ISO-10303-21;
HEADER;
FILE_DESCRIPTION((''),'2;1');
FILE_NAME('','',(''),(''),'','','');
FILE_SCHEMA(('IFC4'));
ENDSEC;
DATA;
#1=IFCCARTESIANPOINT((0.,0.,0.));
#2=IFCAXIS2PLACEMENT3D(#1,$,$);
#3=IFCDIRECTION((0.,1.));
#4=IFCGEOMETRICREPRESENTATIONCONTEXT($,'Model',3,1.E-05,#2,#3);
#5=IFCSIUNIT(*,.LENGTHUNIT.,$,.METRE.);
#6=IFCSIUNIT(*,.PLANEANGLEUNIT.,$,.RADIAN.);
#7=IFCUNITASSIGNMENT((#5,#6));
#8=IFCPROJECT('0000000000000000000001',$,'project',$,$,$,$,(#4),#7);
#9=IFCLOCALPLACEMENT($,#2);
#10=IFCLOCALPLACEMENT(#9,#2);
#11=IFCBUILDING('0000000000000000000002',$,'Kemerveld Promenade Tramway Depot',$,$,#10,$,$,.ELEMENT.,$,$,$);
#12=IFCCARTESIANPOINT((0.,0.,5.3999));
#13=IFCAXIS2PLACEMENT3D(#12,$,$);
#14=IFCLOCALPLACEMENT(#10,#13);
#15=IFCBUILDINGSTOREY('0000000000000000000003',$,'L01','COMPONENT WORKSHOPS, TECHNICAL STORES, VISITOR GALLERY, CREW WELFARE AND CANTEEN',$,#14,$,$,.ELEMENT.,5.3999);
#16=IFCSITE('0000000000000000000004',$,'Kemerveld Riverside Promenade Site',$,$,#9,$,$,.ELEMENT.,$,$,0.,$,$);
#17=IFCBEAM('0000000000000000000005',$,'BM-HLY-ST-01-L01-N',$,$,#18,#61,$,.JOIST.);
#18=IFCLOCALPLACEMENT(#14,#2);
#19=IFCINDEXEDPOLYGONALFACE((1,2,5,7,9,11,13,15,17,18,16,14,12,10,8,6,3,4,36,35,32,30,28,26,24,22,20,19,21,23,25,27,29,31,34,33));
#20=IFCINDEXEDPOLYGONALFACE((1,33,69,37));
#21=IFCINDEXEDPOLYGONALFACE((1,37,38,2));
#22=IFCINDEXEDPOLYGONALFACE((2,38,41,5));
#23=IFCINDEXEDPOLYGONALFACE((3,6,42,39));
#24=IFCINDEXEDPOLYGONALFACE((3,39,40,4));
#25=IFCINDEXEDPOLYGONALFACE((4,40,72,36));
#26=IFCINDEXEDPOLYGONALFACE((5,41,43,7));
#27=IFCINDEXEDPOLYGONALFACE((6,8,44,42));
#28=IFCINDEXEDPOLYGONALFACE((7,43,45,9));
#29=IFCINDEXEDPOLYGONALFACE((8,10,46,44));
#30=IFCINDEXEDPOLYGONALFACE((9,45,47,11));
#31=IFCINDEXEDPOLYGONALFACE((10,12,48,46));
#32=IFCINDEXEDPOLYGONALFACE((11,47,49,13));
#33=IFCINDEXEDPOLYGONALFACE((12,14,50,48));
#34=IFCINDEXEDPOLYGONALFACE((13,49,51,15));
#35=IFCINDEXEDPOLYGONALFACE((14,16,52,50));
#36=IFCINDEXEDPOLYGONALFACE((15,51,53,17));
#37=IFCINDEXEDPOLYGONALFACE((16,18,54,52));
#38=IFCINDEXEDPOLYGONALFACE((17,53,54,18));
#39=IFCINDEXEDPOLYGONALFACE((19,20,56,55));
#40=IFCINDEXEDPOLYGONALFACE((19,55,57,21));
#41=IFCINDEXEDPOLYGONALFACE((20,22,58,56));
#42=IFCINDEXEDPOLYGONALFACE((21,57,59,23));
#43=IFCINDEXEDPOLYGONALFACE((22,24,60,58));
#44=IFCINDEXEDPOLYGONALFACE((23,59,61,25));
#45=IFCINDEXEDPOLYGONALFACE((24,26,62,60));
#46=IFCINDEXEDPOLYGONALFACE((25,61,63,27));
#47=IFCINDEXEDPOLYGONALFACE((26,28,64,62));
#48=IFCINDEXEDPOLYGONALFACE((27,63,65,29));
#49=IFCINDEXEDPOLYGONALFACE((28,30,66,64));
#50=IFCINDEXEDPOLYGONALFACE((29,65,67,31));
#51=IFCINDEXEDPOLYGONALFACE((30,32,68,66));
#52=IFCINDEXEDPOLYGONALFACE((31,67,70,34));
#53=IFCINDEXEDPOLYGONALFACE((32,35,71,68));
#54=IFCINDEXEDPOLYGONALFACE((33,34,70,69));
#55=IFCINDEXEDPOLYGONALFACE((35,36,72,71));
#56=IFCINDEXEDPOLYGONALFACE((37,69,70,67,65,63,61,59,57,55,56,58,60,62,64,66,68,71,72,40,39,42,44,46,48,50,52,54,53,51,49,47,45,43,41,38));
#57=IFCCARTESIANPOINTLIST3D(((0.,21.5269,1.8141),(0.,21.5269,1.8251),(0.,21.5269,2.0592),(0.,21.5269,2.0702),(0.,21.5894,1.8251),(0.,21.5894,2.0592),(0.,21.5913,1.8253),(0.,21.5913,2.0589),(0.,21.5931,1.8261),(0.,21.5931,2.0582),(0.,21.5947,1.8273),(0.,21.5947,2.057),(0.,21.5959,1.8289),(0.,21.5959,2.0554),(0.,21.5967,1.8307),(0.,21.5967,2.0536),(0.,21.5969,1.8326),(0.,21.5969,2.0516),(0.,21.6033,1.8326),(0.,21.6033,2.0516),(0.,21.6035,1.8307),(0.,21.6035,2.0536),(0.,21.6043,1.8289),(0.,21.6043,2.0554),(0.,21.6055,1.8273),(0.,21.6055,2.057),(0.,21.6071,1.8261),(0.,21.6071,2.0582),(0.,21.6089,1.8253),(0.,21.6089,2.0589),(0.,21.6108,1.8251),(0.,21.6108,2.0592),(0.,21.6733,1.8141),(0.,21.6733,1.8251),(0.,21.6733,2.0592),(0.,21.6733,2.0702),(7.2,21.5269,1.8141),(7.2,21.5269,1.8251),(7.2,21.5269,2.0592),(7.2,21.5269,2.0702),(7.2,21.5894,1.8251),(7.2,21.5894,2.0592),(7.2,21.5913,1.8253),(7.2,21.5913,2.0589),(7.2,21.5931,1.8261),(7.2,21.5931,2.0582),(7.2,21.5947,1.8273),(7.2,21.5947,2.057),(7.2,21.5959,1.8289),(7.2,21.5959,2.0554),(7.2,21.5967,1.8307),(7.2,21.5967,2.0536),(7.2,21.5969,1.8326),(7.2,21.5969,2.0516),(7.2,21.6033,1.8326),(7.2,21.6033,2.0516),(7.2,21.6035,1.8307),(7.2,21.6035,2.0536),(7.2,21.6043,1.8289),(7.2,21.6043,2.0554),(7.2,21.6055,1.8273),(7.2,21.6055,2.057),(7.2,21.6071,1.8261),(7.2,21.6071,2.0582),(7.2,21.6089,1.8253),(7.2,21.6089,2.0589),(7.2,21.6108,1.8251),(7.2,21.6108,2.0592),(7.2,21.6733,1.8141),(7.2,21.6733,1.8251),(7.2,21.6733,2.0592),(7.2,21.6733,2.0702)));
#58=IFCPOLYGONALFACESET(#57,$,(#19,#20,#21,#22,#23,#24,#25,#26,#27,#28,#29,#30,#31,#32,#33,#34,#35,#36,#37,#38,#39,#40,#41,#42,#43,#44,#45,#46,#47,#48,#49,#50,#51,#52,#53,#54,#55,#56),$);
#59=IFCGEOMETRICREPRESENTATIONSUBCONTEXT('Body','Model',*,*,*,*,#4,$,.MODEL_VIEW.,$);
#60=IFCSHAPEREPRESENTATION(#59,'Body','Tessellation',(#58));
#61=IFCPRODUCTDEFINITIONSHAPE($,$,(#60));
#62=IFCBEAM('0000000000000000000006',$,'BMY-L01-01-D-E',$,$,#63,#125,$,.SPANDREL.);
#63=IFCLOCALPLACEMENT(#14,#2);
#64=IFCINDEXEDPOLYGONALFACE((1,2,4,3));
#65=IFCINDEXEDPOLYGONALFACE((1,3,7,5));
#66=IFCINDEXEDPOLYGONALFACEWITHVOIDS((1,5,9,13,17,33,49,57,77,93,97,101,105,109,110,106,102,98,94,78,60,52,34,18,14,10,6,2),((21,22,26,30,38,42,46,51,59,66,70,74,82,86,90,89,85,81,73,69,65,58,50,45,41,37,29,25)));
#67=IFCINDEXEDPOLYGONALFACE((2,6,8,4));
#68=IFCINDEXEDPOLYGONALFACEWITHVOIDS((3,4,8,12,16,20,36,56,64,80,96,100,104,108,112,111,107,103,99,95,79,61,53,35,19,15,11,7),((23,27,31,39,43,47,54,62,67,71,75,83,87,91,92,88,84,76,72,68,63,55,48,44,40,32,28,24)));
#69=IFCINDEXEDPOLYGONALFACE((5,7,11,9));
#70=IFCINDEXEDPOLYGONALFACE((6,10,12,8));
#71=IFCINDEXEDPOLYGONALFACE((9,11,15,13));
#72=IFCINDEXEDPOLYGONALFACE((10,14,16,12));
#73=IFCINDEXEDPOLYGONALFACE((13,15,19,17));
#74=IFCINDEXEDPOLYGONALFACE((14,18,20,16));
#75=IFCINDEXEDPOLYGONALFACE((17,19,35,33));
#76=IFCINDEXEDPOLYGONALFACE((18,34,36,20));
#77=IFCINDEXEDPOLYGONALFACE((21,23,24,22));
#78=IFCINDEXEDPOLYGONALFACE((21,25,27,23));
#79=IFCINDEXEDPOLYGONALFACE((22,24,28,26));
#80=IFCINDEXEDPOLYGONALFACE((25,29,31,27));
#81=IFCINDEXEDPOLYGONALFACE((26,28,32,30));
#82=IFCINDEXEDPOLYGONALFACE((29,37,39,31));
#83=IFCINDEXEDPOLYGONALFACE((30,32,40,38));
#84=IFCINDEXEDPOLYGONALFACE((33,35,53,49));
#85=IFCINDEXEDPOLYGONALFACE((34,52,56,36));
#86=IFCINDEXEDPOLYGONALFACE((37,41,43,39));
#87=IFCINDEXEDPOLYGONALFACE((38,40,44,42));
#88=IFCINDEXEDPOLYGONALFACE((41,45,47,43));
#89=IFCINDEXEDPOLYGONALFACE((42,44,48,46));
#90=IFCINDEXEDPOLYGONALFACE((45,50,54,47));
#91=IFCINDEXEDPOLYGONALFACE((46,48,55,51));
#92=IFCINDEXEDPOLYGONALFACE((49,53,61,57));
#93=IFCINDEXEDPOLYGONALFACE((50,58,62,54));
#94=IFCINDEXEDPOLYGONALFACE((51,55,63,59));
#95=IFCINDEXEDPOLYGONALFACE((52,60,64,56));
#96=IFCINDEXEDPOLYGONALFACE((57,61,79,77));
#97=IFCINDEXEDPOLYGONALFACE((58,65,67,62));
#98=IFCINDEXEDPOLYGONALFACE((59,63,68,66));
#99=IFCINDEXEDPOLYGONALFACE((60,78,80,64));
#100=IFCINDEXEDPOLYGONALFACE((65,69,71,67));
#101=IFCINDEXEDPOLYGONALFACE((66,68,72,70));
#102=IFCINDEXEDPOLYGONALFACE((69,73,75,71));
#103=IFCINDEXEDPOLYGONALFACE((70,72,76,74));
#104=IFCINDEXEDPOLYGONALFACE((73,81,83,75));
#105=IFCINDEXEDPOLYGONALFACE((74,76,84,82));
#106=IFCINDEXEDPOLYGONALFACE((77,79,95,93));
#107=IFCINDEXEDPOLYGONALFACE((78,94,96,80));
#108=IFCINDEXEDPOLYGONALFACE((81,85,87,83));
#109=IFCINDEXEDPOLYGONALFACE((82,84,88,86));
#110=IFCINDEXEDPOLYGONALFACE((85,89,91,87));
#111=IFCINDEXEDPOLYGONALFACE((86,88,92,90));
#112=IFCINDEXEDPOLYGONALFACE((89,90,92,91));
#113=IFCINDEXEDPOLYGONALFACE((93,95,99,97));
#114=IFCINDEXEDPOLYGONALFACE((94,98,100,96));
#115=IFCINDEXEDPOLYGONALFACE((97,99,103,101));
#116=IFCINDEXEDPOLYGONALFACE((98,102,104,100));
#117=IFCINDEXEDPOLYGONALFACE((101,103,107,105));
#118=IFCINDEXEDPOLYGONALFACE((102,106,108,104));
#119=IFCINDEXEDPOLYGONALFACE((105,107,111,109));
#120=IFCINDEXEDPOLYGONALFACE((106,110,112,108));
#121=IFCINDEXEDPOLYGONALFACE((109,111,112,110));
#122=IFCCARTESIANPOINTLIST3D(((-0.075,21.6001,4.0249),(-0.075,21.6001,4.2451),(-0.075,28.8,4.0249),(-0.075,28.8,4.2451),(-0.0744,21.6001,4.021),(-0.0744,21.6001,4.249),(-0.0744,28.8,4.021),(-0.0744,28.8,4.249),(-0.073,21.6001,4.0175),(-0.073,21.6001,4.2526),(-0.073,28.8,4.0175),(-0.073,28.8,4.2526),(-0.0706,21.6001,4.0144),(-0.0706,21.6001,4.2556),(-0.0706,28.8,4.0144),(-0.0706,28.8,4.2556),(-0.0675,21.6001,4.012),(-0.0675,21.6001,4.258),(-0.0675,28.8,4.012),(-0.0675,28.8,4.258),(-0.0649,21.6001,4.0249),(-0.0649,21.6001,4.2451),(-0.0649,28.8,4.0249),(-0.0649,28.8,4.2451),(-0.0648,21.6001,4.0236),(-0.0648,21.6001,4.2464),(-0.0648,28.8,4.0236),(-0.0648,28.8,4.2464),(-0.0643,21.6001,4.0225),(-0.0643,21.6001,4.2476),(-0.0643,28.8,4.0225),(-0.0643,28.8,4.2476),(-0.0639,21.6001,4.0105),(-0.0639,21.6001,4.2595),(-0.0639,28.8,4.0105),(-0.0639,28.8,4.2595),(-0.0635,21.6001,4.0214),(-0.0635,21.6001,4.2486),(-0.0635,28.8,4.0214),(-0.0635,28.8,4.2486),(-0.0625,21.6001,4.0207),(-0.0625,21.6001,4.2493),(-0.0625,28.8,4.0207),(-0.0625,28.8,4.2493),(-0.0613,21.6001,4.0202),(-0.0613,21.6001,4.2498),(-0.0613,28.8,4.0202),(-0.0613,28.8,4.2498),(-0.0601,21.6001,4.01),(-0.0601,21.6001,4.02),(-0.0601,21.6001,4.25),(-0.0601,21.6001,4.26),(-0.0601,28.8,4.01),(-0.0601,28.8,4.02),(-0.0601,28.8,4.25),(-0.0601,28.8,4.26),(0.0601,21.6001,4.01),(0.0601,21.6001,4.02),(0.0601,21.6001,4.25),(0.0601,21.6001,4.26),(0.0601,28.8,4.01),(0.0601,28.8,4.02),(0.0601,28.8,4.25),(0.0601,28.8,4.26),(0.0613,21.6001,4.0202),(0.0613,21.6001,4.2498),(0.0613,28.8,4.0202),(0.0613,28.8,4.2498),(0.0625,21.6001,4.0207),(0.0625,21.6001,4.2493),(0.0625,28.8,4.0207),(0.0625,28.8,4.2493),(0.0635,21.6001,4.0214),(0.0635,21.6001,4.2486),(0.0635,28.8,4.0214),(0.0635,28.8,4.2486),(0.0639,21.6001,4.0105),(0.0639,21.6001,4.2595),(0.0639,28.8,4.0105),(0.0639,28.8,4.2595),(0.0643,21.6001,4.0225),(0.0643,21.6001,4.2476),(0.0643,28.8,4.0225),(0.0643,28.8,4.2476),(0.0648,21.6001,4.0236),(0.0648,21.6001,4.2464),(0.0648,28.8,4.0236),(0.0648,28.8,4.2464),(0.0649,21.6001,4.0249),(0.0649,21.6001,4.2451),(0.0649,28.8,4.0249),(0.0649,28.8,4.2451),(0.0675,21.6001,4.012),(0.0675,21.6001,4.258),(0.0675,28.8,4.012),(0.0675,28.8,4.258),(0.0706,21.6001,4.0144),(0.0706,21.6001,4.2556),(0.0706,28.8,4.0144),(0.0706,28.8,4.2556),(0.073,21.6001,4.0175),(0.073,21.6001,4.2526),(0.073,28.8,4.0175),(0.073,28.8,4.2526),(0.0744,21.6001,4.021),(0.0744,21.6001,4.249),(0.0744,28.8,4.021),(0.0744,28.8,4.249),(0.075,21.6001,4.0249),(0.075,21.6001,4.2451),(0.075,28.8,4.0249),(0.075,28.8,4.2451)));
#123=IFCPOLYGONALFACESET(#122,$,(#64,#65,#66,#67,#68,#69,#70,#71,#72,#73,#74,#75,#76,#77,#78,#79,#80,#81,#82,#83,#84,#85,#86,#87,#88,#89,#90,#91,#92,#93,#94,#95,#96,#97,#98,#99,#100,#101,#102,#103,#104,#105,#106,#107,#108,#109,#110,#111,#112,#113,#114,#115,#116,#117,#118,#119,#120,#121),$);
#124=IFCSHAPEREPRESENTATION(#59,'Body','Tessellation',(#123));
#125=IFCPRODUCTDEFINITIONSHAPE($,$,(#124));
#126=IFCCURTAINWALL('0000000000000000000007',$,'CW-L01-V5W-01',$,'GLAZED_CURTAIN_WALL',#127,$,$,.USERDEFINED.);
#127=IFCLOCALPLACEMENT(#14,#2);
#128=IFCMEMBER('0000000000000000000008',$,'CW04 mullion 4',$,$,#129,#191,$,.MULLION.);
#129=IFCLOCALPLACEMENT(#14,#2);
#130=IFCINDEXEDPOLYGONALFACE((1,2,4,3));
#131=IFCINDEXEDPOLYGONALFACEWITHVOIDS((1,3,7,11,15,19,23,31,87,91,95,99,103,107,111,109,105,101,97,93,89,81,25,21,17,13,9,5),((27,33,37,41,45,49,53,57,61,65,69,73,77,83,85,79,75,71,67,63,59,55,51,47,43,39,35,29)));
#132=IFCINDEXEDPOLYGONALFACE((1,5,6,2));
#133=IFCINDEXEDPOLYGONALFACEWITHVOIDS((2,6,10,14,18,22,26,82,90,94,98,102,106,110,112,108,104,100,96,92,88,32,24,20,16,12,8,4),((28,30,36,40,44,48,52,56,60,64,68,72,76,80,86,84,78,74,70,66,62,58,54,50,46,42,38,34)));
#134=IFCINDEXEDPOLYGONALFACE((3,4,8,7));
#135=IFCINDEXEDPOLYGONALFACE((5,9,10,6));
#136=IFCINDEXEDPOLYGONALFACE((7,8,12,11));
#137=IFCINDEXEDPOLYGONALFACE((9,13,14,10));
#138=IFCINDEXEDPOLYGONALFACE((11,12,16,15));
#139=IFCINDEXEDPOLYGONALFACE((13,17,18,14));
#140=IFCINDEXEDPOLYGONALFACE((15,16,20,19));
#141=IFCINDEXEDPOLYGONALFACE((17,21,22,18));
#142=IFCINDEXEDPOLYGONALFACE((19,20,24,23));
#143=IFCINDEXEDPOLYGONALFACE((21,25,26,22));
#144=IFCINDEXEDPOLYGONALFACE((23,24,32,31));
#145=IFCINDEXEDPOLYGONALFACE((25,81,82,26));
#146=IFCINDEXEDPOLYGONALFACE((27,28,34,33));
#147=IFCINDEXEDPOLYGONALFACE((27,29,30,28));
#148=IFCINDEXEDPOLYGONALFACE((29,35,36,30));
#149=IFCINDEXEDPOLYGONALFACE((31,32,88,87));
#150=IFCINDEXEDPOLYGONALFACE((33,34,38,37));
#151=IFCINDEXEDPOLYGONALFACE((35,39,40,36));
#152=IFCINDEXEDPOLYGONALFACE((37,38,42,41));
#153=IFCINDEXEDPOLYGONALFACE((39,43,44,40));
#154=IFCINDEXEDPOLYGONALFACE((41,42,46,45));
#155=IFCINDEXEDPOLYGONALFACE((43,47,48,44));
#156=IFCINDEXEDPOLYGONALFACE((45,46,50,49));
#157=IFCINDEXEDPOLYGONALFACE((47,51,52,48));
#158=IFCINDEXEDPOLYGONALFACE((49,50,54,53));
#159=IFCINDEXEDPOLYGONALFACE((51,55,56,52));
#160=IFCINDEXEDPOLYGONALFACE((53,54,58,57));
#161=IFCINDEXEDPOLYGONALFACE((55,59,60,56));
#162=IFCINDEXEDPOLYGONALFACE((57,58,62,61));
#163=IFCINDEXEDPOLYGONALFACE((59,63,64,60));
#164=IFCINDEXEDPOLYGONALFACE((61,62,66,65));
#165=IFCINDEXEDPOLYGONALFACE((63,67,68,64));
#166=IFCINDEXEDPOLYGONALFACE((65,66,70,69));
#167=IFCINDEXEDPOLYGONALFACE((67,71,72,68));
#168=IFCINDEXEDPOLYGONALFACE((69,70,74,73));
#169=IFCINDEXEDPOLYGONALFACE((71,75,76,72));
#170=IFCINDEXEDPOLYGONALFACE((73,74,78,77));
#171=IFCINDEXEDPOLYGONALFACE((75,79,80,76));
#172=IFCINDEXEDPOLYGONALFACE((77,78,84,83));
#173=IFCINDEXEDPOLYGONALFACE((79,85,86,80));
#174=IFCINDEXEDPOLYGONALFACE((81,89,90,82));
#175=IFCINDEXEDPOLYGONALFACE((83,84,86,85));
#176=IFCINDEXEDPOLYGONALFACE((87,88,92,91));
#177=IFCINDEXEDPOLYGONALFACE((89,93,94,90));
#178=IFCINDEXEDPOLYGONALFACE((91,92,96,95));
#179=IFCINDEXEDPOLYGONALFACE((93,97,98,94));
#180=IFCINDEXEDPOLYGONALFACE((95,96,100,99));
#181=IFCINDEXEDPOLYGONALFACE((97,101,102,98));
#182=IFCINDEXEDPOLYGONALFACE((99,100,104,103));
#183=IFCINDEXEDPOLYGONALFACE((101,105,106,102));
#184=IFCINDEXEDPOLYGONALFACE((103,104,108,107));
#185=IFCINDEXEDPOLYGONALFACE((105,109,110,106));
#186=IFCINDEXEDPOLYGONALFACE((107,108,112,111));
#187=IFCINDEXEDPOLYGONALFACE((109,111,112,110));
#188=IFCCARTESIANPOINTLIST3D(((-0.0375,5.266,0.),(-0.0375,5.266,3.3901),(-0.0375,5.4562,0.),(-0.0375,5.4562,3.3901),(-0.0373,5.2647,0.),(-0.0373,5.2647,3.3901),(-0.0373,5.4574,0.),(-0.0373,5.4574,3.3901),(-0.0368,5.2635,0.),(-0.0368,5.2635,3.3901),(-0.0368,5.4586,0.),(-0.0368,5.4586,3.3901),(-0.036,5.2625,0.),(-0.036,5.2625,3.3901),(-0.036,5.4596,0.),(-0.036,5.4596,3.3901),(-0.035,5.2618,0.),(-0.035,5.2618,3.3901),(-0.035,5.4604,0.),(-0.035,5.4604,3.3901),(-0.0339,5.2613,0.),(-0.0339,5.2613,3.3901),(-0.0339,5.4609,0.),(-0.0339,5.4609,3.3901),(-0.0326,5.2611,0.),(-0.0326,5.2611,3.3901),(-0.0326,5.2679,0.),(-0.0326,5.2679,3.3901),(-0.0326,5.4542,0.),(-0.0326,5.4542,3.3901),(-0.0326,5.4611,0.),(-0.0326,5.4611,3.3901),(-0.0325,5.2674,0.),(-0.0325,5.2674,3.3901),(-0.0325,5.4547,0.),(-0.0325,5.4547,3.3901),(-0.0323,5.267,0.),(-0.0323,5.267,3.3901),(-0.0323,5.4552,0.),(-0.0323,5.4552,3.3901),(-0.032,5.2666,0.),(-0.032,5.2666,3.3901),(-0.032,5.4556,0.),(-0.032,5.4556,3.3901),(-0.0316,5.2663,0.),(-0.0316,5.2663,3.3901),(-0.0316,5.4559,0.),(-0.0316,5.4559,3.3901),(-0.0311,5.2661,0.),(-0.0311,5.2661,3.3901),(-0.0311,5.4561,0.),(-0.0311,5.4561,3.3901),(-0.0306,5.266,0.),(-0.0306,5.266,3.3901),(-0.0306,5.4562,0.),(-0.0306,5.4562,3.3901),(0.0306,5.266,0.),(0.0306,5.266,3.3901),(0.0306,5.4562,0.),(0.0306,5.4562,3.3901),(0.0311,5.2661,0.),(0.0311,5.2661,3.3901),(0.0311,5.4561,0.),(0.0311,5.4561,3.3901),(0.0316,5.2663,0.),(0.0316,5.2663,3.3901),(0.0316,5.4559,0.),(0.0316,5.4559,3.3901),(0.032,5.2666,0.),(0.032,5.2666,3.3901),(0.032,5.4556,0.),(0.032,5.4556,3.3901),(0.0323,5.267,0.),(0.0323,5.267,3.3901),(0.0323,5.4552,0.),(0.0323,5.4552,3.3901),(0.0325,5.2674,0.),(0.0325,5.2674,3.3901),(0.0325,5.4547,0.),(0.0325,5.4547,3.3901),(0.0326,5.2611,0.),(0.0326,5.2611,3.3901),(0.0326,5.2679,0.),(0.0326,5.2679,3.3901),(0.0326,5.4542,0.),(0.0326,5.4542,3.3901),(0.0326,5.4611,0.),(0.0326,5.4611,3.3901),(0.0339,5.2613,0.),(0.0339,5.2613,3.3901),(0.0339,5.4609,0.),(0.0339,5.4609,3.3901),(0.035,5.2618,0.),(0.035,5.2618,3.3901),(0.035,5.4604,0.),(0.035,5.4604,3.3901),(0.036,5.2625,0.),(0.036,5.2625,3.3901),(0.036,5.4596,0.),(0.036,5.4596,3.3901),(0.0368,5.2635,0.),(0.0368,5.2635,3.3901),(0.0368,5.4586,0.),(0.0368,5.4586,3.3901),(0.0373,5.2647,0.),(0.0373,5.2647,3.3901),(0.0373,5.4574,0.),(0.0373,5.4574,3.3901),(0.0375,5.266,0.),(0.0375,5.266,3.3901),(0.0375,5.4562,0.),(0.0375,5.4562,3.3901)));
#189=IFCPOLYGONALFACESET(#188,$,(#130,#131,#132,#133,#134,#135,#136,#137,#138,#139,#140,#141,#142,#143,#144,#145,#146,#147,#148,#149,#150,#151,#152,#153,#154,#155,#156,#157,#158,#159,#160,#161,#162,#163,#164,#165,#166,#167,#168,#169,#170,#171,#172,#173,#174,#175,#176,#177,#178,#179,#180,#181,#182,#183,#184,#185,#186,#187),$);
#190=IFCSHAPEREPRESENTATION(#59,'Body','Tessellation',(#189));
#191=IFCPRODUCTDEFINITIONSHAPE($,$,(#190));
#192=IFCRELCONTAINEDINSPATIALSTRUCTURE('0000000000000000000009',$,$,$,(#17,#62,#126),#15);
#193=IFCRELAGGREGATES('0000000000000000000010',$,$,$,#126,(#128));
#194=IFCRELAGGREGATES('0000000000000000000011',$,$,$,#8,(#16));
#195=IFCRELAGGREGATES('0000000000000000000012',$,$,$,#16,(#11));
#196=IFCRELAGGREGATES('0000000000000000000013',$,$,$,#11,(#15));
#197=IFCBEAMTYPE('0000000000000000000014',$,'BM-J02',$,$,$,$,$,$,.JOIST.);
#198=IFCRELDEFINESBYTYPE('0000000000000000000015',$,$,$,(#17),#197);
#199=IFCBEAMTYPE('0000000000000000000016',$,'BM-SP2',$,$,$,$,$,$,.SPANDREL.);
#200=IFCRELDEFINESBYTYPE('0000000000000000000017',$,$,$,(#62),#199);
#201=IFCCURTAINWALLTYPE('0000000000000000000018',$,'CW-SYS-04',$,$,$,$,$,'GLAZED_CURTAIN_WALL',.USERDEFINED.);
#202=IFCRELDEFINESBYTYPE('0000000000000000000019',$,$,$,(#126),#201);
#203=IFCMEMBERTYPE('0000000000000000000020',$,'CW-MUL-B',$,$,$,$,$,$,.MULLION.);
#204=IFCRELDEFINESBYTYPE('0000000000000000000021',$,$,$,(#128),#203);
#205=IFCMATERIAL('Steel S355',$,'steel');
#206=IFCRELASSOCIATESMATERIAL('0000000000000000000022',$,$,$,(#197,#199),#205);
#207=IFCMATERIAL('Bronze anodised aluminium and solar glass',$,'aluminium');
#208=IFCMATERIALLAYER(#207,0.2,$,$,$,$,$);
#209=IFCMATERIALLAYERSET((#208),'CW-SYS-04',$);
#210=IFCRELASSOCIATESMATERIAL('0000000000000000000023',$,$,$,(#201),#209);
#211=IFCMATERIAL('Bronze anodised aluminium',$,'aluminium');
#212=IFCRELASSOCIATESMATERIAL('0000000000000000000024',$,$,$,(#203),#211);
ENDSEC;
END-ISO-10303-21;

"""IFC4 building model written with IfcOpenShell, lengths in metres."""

from ifc_helpers import new_model, si_unit, direction, frame, origin, origin_2d, place, context, subcontext, project, spatial, hollow_rectangle, i_section, extrude, material, layer, layer_set, material_profile, profile_set, type_object, element, aggregate, save


model = new_model("IFC4")

# Units and contexts
model_context = context("Model", 3, precision=1e-05, world=origin(), true_north=direction((0.0, 1.0)))
body_context = subcontext(model_context, "Body", "Model", "MODEL_VIEW")
ifc_project = project(units=[si_unit("LENGTHUNIT", "METRE"), si_unit("PLANEANGLEUNIT", "RADIAN")], contexts=[model_context])

# Site, building, storey
site_placement = place(None, origin())
site = spatial("IfcSite", under=ifc_project, at=site_placement, Name="Kemerveld Riverside Promenade Site", CompositionType="ELEMENT", RefElevation=0.0)
building_placement = place(site_placement, origin())
building = spatial("IfcBuilding", under=site, at=building_placement, Name="Kemerveld Promenade Tramway Depot", CompositionType="ELEMENT")
storey_placement = place(building_placement, frame((0.0, 0.0, 5.3999)))
storey = spatial("IfcBuildingStorey", under=building, at=storey_placement, Name="L01", Description="COMPONENT WORKSHOPS, TECHNICAL STORES, VISITOR GALLERY, CREW WELFARE AND CANTEEN", CompositionType="ELEMENT", Elevation=5.3999)

# Shared definitions
ifc_material_1 = material(Name="Steel S355", Category="steel")

# Beams
ifc_material_profile_1 = material_profile(ifc_material_1, i_section(OverallWidth=0.1465, OverallDepth=0.2561, WebThickness=0.0063, FlangeThickness=0.011, FilletRadius=0.0076, at=origin_2d()), Name="254x146x37 UB")
ifc_profile_set_1 = profile_set([ifc_material_profile_1], Name="Steel S355")
beam_type_1 = type_object("IfcBeamType", Name="BM-J02", PredefinedType="JOIST", material=ifc_profile_set_1)
for number, where, z_axis, x_axis, name in (
    (1, (0.0, 21.6001, 1.9421), (1.0, 0.0, 0.0), (0.0, 1.0, 0.0), "BM-HLY-ST-01-L01-N"),
):
    element("IfcBeam", number, at=place(storey_placement, frame(where, z_axis=z_axis, x_axis=x_axis)), inside=storey, type_object=beam_type_1, Name=name, PredefinedType="JOIST", context=body_context, shape_type="SweptSolid", body=[
        extrude(i_section(OverallWidth=0.1465, OverallDepth=0.2561, WebThickness=0.0063, FlangeThickness=0.011, FilletRadius=0.0076, at=origin_2d()), origin(), (0.0, 0.0, 1.0), 7.2),
    ])
ifc_material_profile_2 = material_profile(ifc_material_1, hollow_rectangle(XDim=0.1499, YDim=0.25, WallThickness=0.01, InnerFilletRadius=0.0049, OuterFilletRadius=0.0149, at=origin_2d()), Name="250x150x10.0 RHS")
ifc_profile_set_2 = profile_set([ifc_material_profile_2], Name="Steel S355")
beam_type_2 = type_object("IfcBeamType", Name="BM-SP2", PredefinedType="SPANDREL", material=ifc_profile_set_2)
beam_1_placement = place(storey_placement, frame((0.0, 21.6001, 4.135), z_axis=(0.0, 1.0, 0.0), x_axis=(-1.0, 0.0, 0.0)))
element("IfcBeam", 2, at=beam_1_placement, inside=storey, type_object=beam_type_2, Name="BMY-L01-01-D-E", PredefinedType="SPANDREL", context=body_context, shape_type="SweptSolid", body=[
    extrude(hollow_rectangle(XDim=0.1499, YDim=0.25, WallThickness=0.01, InnerFilletRadius=0.0049, OuterFilletRadius=0.0149, at=origin_2d()), origin(), (0.0, 0.0, 1.0), 7.2),
])

# Curtain wall, member
ifc_material_2 = material(Name="Bronze anodised aluminium and solar glass", Category="aluminium")
ifc_layer_1 = layer(ifc_material_2, 0.2)
ifc_layer_set_1 = layer_set([ifc_layer_1], Name="CW-SYS-04")
curtain_wall_type = type_object("IfcCurtainWallType", Name="CW-SYS-04", ElementType="GLAZED_CURTAIN_WALL", PredefinedType="USERDEFINED", material=ifc_layer_set_1)
curtain_wall_placement = place(storey_placement, origin())
curtain_wall = element("IfcCurtainWall", 3, at=curtain_wall_placement, inside=storey, type_object=curtain_wall_type, Name="CW-L01-V5W-01", ObjectType="GLAZED_CURTAIN_WALL", PredefinedType="USERDEFINED")
ifc_material_3 = material(Name="Bronze anodised aluminium", Category="aluminium")
ifc_material_profile_3 = material_profile(ifc_material_3, hollow_rectangle(XDim=0.075, YDim=0.2, WallThickness=0.0049, InnerFilletRadius=0.002, OuterFilletRadius=0.0049, at=origin_2d()), Name="CW-MUL-200x75")
ifc_profile_set_3 = profile_set([ifc_material_profile_3], Name="Bronze anodised aluminium")
member_type_1 = type_object("IfcMemberType", Name="CW-MUL-B", PredefinedType="MULLION", material=ifc_profile_set_3)
member_1_placement = place(storey_placement, frame((0.0, 5.3611, 0.0), z_axis=(0.0, 0.0, 1.0), x_axis=(-1.0, 0.0, 0.0)))
member_1 = element("IfcMember", 4, at=member_1_placement, type_object=member_type_1, Name="CW04 mullion 4", PredefinedType="MULLION", context=body_context, shape_type="SweptSolid", body=[
    extrude(hollow_rectangle(XDim=0.075, YDim=0.2, WallThickness=0.0049, InnerFilletRadius=0.002, OuterFilletRadius=0.0049, at=origin_2d()), origin(), (0.0, 0.0, 1.0), 3.3901),
])
aggregate(curtain_wall, [member_1])

save(model, "model.ifc")
